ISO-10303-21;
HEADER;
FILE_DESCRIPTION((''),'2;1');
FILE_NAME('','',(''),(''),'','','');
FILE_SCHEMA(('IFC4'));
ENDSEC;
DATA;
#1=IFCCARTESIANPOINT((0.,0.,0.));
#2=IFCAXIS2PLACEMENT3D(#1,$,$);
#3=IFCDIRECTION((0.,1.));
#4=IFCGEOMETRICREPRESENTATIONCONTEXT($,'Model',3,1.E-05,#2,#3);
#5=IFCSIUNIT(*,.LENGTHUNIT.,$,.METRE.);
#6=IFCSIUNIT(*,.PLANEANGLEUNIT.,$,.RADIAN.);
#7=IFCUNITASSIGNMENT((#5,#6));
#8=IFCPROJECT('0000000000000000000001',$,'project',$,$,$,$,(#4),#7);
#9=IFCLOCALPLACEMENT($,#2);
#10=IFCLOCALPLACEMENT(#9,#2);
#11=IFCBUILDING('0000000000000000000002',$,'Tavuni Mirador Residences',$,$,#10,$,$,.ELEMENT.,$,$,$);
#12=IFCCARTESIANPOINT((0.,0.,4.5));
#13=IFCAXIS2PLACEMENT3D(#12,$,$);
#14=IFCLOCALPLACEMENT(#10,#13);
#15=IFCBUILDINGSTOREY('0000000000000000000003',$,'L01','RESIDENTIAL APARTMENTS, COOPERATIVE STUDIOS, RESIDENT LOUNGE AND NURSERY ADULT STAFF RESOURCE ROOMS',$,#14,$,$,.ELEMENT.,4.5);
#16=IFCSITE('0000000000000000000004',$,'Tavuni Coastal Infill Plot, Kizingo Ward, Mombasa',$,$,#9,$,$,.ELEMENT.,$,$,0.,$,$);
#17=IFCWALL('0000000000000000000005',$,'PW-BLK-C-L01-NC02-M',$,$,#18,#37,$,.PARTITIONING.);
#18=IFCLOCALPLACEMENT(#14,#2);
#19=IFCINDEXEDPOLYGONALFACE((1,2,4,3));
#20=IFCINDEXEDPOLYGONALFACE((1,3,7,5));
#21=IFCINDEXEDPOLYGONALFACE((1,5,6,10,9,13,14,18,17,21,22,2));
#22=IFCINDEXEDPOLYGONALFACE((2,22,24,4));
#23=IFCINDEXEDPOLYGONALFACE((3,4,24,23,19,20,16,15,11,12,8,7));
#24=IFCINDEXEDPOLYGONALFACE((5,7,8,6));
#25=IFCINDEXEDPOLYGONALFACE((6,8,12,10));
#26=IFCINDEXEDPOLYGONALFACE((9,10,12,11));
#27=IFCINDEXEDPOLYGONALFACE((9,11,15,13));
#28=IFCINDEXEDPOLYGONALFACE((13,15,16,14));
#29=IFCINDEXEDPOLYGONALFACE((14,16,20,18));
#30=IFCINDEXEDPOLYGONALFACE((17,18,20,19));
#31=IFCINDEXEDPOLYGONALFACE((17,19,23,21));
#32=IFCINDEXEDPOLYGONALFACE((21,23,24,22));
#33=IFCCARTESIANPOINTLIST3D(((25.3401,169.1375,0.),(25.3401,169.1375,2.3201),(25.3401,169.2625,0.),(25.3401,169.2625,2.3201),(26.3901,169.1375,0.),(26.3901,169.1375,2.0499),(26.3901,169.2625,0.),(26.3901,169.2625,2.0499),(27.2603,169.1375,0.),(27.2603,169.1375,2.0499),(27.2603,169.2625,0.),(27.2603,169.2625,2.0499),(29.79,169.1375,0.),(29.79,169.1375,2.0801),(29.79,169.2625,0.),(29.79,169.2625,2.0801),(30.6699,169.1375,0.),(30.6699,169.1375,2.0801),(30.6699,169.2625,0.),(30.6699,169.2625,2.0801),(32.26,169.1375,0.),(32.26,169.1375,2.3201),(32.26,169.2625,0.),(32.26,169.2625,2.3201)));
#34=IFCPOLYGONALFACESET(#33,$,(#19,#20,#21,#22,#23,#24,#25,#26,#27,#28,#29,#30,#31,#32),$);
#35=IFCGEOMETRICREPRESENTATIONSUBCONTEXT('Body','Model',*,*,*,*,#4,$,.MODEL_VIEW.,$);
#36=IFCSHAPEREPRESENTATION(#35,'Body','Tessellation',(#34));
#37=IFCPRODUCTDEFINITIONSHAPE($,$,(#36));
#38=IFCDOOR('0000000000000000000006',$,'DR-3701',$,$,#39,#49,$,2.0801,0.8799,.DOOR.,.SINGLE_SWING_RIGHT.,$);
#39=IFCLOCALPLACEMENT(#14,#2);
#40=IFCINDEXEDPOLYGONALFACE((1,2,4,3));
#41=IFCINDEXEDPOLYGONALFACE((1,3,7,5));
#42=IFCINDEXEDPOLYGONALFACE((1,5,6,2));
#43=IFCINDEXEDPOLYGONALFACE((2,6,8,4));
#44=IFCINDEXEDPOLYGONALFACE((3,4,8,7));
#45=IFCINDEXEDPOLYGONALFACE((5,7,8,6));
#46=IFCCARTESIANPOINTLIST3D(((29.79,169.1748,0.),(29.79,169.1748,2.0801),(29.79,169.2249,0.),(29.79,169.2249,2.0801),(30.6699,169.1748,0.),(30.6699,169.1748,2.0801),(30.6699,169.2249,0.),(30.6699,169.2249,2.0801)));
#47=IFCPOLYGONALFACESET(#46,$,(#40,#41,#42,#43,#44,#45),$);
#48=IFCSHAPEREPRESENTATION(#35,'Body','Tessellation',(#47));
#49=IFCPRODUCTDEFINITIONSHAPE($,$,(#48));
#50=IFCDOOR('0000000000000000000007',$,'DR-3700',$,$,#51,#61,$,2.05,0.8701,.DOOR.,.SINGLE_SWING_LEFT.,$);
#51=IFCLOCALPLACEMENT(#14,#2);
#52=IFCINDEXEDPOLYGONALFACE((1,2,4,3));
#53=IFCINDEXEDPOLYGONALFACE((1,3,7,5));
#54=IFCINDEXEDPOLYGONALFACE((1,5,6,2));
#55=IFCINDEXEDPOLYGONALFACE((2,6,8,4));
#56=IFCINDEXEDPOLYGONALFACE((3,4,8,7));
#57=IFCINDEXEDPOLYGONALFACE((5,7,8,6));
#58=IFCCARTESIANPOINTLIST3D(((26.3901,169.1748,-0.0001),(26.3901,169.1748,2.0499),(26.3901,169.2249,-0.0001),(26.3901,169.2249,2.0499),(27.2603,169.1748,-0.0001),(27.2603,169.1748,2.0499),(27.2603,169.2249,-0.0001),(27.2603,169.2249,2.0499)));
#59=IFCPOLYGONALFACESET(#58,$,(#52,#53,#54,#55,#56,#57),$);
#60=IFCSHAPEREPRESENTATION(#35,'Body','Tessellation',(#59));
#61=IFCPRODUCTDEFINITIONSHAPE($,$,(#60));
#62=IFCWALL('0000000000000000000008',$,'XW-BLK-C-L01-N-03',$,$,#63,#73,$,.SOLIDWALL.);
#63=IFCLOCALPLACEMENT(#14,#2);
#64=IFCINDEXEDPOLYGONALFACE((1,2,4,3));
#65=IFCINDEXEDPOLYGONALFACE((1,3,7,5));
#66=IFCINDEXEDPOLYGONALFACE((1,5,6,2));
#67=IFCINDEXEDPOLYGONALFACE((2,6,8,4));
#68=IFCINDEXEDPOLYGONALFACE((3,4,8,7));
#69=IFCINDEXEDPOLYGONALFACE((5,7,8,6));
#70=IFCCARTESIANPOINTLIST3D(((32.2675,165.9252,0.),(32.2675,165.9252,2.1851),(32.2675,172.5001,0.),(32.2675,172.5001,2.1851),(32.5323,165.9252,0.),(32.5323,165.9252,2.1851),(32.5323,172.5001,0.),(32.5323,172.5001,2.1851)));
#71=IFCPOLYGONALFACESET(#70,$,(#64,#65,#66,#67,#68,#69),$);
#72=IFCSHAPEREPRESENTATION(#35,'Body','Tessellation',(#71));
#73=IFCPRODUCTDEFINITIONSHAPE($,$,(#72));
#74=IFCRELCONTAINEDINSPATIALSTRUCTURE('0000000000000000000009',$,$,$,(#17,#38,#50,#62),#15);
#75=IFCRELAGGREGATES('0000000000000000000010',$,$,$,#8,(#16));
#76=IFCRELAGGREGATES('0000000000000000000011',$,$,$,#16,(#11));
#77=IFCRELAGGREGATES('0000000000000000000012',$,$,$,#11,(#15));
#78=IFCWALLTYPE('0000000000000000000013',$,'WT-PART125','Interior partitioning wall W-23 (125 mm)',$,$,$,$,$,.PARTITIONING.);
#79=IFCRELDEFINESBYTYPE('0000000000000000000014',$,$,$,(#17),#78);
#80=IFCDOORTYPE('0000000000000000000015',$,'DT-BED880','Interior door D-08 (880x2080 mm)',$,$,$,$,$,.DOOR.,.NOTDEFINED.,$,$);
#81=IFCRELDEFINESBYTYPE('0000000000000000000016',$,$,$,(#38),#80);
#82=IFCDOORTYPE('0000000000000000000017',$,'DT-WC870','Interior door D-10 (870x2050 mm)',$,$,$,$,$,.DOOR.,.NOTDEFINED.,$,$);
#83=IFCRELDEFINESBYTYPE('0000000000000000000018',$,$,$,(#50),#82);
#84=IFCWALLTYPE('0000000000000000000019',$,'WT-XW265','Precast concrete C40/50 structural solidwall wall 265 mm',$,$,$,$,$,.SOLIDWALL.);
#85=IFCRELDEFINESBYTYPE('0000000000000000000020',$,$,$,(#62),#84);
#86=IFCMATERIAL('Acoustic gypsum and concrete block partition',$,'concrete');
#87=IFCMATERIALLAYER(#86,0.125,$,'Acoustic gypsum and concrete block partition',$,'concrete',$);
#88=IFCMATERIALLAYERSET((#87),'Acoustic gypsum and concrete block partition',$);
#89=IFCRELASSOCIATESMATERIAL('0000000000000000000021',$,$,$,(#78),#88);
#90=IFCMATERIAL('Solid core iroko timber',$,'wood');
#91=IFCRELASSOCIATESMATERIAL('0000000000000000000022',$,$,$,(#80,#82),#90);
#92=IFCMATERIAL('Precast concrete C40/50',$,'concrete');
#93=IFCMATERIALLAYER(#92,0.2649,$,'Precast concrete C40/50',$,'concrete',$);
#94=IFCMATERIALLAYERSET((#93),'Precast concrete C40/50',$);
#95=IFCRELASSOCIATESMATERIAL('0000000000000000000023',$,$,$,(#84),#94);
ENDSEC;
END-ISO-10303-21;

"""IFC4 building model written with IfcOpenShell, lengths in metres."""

from ifc_helpers import new_model, si_unit, direction, frame, frame_2d, origin, place, context, subcontext, project, spatial, rectangle, extrude, material, layer, layer_set, type_object, element, fill, save


model = new_model("IFC4")

# Units and contexts
model_context = context("Model", 3, precision=1e-05, world=origin(), true_north=direction((0.0, 1.0)))
body_context = subcontext(model_context, "Body", "Model", "MODEL_VIEW")
ifc_project = project(units=[si_unit("LENGTHUNIT", "METRE"), si_unit("PLANEANGLEUNIT", "RADIAN")], contexts=[model_context])

# Site, building, storey
site_placement = place(None, origin())
site = spatial("IfcSite", under=ifc_project, at=site_placement, Name="Tavuni Coastal Infill Plot, Kizingo Ward, Mombasa", CompositionType="ELEMENT", RefElevation=0.0)
building_placement = place(site_placement, origin())
building = spatial("IfcBuilding", under=site, at=building_placement, Name="Tavuni Mirador Residences", CompositionType="ELEMENT")
storey_placement = place(building_placement, frame((0.0, 0.0, 4.5)))
storey = spatial("IfcBuildingStorey", under=building, at=storey_placement, Name="L01", Description="RESIDENTIAL APARTMENTS, COOPERATIVE STUDIOS, RESIDENT LOUNGE AND NURSERY ADULT STAFF RESOURCE ROOMS", CompositionType="ELEMENT", Elevation=4.5)

# Shared definitions
ifc_material_1 = material(Name="Precast concrete C40/50", Category="concrete")

# Shared definitions
ifc_material_2 = material(Name="Acoustic gypsum and concrete block partition", Category="concrete")

# Wall, openings, doors
ifc_layer_1 = layer(ifc_material_2, 0.125, Name="Acoustic gypsum and concrete block partition", Category="concrete")
ifc_layer_set_1 = layer_set([ifc_layer_1], Name="Acoustic gypsum and concrete block partition")
wall_type_1 = type_object("IfcWallType", Name="WT-PART125", Description="Interior partitioning wall W-23 (125 mm)", PredefinedType="PARTITIONING", material=ifc_layer_set_1)
wall_1_placement = place(storey_placement, frame((25.3401, 169.2, 0.0), z_axis=(0.0, 0.0, 1.0), x_axis=(1.0, 0.0, 0.0)))
wall_1 = element("IfcWall", 1, at=wall_1_placement, inside=storey, type_object=wall_type_1, Name="PW-BLK-C-L01-NC02-M", PredefinedType="PARTITIONING", context=body_context, shape_type="SweptSolid", body=[
    extrude(rectangle(XDim=6.9199, YDim=0.125, at=frame_2d((3.46, 0.0))), origin(), (0.0, 0.0, 1.0), 2.3201),
])
opening_1_placement = place(wall_1_placement, frame((1.05, 0.0, 0.0)))
opening_1 = element("IfcOpeningElement", 2, at=opening_1_placement, cuts=wall_1, PredefinedType="OPENING", context=body_context, shape_type="SweptSolid", body=[
    extrude(rectangle(XDim=0.8701, YDim=2.05, at=frame_2d((0.4351, 1.0249))), frame((0.0, 0.0725, 0.0), z_axis=(0.0, -1.0, 0.0), x_axis=(1.0, 0.0, 0.0)), (0.0, 0.0, 1.0), 0.145),
])
opening_2_placement = place(wall_1_placement, frame((4.45, 0.0, 0.0)))
opening_2 = element("IfcOpeningElement", 3, at=opening_2_placement, cuts=wall_1, PredefinedType="OPENING", context=body_context, shape_type="SweptSolid", body=[
    extrude(rectangle(XDim=0.8799, YDim=2.0801, at=frame_2d((0.4399, 1.04))), frame((0.0, 0.0725, 0.0), z_axis=(0.0, -1.0, 0.0), x_axis=(1.0, 0.0, 0.0)), (0.0, 0.0, 1.0), 0.145),
])
ifc_material_3 = material(Name="Solid core iroko timber", Category="wood")
door_type_1 = type_object("IfcDoorType", Name="DT-BED880", Description="Interior door D-08 (880x2080 mm)", OperationType="NOTDEFINED", PredefinedType="DOOR", material=ifc_material_3)
door_1_placement = place(opening_2_placement, origin())
door_1 = element("IfcDoor", 4, at=door_1_placement, inside=storey, type_object=door_type_1, Name="DR-3701", OperationType="SINGLE_SWING_RIGHT", OverallHeight=2.0801, OverallWidth=0.8799, PredefinedType="DOOR", context=body_context, shape_type="SweptSolid", body=[
    extrude(rectangle(XDim=0.8799, YDim=2.0801, at=frame_2d((0.4399, 1.04))), frame((0.0, 0.0249, 0.0), z_axis=(0.0, -1.0, 0.0), x_axis=(1.0, 0.0, 0.0)), (0.0, 0.0, 1.0), 0.05),
])
fill(opening_2, door_1)
door_type_2 = type_object("IfcDoorType", Name="DT-WC870", Description="Interior door D-10 (870x2050 mm)", OperationType="NOTDEFINED", PredefinedType="DOOR", material=ifc_material_3)
door_2_placement = place(opening_1_placement, origin())
door_2 = element("IfcDoor", 5, at=door_2_placement, inside=storey, type_object=door_type_2, Name="DR-3700", OperationType="SINGLE_SWING_LEFT", OverallHeight=2.05, OverallWidth=0.8701, PredefinedType="DOOR", context=body_context, shape_type="SweptSolid", body=[
    extrude(rectangle(XDim=0.8701, YDim=2.05, at=frame_2d((0.4351, 1.0249))), frame((0.0, 0.0249, 0.0), z_axis=(0.0, -1.0, 0.0), x_axis=(1.0, 0.0, 0.0)), (0.0, 0.0, 1.0), 0.05),
])
fill(opening_1, door_2)

# Shared definitions
ifc_layer_2 = layer(ifc_material_1, 0.2649, Name="Precast concrete C40/50", Category="concrete")
ifc_layer_set_2 = layer_set([ifc_layer_2], Name="Precast concrete C40/50")
wall_type_2 = type_object("IfcWallType", Name="WT-XW265", Description="Precast concrete C40/50 structural solidwall wall 265 mm", PredefinedType="SOLIDWALL", material=ifc_layer_set_2)

# Wall
wall_2_placement = place(storey_placement, frame((32.3999, 165.925, 0.0), z_axis=(0.0, 0.0, 1.0), x_axis=(0.0, 1.0, 0.0)))
element("IfcWall", 6, at=wall_2_placement, inside=storey, type_object=wall_type_2, Name="XW-BLK-C-L01-N-03", PredefinedType="SOLIDWALL", context=body_context, shape_type="SweptSolid", body=[
    extrude(rectangle(XDim=6.575, YDim=0.2649, at=frame_2d((3.2876, 0.0))), origin(), (0.0, 0.0, 1.0), 2.1851),
])

save(model, "model.ifc")
